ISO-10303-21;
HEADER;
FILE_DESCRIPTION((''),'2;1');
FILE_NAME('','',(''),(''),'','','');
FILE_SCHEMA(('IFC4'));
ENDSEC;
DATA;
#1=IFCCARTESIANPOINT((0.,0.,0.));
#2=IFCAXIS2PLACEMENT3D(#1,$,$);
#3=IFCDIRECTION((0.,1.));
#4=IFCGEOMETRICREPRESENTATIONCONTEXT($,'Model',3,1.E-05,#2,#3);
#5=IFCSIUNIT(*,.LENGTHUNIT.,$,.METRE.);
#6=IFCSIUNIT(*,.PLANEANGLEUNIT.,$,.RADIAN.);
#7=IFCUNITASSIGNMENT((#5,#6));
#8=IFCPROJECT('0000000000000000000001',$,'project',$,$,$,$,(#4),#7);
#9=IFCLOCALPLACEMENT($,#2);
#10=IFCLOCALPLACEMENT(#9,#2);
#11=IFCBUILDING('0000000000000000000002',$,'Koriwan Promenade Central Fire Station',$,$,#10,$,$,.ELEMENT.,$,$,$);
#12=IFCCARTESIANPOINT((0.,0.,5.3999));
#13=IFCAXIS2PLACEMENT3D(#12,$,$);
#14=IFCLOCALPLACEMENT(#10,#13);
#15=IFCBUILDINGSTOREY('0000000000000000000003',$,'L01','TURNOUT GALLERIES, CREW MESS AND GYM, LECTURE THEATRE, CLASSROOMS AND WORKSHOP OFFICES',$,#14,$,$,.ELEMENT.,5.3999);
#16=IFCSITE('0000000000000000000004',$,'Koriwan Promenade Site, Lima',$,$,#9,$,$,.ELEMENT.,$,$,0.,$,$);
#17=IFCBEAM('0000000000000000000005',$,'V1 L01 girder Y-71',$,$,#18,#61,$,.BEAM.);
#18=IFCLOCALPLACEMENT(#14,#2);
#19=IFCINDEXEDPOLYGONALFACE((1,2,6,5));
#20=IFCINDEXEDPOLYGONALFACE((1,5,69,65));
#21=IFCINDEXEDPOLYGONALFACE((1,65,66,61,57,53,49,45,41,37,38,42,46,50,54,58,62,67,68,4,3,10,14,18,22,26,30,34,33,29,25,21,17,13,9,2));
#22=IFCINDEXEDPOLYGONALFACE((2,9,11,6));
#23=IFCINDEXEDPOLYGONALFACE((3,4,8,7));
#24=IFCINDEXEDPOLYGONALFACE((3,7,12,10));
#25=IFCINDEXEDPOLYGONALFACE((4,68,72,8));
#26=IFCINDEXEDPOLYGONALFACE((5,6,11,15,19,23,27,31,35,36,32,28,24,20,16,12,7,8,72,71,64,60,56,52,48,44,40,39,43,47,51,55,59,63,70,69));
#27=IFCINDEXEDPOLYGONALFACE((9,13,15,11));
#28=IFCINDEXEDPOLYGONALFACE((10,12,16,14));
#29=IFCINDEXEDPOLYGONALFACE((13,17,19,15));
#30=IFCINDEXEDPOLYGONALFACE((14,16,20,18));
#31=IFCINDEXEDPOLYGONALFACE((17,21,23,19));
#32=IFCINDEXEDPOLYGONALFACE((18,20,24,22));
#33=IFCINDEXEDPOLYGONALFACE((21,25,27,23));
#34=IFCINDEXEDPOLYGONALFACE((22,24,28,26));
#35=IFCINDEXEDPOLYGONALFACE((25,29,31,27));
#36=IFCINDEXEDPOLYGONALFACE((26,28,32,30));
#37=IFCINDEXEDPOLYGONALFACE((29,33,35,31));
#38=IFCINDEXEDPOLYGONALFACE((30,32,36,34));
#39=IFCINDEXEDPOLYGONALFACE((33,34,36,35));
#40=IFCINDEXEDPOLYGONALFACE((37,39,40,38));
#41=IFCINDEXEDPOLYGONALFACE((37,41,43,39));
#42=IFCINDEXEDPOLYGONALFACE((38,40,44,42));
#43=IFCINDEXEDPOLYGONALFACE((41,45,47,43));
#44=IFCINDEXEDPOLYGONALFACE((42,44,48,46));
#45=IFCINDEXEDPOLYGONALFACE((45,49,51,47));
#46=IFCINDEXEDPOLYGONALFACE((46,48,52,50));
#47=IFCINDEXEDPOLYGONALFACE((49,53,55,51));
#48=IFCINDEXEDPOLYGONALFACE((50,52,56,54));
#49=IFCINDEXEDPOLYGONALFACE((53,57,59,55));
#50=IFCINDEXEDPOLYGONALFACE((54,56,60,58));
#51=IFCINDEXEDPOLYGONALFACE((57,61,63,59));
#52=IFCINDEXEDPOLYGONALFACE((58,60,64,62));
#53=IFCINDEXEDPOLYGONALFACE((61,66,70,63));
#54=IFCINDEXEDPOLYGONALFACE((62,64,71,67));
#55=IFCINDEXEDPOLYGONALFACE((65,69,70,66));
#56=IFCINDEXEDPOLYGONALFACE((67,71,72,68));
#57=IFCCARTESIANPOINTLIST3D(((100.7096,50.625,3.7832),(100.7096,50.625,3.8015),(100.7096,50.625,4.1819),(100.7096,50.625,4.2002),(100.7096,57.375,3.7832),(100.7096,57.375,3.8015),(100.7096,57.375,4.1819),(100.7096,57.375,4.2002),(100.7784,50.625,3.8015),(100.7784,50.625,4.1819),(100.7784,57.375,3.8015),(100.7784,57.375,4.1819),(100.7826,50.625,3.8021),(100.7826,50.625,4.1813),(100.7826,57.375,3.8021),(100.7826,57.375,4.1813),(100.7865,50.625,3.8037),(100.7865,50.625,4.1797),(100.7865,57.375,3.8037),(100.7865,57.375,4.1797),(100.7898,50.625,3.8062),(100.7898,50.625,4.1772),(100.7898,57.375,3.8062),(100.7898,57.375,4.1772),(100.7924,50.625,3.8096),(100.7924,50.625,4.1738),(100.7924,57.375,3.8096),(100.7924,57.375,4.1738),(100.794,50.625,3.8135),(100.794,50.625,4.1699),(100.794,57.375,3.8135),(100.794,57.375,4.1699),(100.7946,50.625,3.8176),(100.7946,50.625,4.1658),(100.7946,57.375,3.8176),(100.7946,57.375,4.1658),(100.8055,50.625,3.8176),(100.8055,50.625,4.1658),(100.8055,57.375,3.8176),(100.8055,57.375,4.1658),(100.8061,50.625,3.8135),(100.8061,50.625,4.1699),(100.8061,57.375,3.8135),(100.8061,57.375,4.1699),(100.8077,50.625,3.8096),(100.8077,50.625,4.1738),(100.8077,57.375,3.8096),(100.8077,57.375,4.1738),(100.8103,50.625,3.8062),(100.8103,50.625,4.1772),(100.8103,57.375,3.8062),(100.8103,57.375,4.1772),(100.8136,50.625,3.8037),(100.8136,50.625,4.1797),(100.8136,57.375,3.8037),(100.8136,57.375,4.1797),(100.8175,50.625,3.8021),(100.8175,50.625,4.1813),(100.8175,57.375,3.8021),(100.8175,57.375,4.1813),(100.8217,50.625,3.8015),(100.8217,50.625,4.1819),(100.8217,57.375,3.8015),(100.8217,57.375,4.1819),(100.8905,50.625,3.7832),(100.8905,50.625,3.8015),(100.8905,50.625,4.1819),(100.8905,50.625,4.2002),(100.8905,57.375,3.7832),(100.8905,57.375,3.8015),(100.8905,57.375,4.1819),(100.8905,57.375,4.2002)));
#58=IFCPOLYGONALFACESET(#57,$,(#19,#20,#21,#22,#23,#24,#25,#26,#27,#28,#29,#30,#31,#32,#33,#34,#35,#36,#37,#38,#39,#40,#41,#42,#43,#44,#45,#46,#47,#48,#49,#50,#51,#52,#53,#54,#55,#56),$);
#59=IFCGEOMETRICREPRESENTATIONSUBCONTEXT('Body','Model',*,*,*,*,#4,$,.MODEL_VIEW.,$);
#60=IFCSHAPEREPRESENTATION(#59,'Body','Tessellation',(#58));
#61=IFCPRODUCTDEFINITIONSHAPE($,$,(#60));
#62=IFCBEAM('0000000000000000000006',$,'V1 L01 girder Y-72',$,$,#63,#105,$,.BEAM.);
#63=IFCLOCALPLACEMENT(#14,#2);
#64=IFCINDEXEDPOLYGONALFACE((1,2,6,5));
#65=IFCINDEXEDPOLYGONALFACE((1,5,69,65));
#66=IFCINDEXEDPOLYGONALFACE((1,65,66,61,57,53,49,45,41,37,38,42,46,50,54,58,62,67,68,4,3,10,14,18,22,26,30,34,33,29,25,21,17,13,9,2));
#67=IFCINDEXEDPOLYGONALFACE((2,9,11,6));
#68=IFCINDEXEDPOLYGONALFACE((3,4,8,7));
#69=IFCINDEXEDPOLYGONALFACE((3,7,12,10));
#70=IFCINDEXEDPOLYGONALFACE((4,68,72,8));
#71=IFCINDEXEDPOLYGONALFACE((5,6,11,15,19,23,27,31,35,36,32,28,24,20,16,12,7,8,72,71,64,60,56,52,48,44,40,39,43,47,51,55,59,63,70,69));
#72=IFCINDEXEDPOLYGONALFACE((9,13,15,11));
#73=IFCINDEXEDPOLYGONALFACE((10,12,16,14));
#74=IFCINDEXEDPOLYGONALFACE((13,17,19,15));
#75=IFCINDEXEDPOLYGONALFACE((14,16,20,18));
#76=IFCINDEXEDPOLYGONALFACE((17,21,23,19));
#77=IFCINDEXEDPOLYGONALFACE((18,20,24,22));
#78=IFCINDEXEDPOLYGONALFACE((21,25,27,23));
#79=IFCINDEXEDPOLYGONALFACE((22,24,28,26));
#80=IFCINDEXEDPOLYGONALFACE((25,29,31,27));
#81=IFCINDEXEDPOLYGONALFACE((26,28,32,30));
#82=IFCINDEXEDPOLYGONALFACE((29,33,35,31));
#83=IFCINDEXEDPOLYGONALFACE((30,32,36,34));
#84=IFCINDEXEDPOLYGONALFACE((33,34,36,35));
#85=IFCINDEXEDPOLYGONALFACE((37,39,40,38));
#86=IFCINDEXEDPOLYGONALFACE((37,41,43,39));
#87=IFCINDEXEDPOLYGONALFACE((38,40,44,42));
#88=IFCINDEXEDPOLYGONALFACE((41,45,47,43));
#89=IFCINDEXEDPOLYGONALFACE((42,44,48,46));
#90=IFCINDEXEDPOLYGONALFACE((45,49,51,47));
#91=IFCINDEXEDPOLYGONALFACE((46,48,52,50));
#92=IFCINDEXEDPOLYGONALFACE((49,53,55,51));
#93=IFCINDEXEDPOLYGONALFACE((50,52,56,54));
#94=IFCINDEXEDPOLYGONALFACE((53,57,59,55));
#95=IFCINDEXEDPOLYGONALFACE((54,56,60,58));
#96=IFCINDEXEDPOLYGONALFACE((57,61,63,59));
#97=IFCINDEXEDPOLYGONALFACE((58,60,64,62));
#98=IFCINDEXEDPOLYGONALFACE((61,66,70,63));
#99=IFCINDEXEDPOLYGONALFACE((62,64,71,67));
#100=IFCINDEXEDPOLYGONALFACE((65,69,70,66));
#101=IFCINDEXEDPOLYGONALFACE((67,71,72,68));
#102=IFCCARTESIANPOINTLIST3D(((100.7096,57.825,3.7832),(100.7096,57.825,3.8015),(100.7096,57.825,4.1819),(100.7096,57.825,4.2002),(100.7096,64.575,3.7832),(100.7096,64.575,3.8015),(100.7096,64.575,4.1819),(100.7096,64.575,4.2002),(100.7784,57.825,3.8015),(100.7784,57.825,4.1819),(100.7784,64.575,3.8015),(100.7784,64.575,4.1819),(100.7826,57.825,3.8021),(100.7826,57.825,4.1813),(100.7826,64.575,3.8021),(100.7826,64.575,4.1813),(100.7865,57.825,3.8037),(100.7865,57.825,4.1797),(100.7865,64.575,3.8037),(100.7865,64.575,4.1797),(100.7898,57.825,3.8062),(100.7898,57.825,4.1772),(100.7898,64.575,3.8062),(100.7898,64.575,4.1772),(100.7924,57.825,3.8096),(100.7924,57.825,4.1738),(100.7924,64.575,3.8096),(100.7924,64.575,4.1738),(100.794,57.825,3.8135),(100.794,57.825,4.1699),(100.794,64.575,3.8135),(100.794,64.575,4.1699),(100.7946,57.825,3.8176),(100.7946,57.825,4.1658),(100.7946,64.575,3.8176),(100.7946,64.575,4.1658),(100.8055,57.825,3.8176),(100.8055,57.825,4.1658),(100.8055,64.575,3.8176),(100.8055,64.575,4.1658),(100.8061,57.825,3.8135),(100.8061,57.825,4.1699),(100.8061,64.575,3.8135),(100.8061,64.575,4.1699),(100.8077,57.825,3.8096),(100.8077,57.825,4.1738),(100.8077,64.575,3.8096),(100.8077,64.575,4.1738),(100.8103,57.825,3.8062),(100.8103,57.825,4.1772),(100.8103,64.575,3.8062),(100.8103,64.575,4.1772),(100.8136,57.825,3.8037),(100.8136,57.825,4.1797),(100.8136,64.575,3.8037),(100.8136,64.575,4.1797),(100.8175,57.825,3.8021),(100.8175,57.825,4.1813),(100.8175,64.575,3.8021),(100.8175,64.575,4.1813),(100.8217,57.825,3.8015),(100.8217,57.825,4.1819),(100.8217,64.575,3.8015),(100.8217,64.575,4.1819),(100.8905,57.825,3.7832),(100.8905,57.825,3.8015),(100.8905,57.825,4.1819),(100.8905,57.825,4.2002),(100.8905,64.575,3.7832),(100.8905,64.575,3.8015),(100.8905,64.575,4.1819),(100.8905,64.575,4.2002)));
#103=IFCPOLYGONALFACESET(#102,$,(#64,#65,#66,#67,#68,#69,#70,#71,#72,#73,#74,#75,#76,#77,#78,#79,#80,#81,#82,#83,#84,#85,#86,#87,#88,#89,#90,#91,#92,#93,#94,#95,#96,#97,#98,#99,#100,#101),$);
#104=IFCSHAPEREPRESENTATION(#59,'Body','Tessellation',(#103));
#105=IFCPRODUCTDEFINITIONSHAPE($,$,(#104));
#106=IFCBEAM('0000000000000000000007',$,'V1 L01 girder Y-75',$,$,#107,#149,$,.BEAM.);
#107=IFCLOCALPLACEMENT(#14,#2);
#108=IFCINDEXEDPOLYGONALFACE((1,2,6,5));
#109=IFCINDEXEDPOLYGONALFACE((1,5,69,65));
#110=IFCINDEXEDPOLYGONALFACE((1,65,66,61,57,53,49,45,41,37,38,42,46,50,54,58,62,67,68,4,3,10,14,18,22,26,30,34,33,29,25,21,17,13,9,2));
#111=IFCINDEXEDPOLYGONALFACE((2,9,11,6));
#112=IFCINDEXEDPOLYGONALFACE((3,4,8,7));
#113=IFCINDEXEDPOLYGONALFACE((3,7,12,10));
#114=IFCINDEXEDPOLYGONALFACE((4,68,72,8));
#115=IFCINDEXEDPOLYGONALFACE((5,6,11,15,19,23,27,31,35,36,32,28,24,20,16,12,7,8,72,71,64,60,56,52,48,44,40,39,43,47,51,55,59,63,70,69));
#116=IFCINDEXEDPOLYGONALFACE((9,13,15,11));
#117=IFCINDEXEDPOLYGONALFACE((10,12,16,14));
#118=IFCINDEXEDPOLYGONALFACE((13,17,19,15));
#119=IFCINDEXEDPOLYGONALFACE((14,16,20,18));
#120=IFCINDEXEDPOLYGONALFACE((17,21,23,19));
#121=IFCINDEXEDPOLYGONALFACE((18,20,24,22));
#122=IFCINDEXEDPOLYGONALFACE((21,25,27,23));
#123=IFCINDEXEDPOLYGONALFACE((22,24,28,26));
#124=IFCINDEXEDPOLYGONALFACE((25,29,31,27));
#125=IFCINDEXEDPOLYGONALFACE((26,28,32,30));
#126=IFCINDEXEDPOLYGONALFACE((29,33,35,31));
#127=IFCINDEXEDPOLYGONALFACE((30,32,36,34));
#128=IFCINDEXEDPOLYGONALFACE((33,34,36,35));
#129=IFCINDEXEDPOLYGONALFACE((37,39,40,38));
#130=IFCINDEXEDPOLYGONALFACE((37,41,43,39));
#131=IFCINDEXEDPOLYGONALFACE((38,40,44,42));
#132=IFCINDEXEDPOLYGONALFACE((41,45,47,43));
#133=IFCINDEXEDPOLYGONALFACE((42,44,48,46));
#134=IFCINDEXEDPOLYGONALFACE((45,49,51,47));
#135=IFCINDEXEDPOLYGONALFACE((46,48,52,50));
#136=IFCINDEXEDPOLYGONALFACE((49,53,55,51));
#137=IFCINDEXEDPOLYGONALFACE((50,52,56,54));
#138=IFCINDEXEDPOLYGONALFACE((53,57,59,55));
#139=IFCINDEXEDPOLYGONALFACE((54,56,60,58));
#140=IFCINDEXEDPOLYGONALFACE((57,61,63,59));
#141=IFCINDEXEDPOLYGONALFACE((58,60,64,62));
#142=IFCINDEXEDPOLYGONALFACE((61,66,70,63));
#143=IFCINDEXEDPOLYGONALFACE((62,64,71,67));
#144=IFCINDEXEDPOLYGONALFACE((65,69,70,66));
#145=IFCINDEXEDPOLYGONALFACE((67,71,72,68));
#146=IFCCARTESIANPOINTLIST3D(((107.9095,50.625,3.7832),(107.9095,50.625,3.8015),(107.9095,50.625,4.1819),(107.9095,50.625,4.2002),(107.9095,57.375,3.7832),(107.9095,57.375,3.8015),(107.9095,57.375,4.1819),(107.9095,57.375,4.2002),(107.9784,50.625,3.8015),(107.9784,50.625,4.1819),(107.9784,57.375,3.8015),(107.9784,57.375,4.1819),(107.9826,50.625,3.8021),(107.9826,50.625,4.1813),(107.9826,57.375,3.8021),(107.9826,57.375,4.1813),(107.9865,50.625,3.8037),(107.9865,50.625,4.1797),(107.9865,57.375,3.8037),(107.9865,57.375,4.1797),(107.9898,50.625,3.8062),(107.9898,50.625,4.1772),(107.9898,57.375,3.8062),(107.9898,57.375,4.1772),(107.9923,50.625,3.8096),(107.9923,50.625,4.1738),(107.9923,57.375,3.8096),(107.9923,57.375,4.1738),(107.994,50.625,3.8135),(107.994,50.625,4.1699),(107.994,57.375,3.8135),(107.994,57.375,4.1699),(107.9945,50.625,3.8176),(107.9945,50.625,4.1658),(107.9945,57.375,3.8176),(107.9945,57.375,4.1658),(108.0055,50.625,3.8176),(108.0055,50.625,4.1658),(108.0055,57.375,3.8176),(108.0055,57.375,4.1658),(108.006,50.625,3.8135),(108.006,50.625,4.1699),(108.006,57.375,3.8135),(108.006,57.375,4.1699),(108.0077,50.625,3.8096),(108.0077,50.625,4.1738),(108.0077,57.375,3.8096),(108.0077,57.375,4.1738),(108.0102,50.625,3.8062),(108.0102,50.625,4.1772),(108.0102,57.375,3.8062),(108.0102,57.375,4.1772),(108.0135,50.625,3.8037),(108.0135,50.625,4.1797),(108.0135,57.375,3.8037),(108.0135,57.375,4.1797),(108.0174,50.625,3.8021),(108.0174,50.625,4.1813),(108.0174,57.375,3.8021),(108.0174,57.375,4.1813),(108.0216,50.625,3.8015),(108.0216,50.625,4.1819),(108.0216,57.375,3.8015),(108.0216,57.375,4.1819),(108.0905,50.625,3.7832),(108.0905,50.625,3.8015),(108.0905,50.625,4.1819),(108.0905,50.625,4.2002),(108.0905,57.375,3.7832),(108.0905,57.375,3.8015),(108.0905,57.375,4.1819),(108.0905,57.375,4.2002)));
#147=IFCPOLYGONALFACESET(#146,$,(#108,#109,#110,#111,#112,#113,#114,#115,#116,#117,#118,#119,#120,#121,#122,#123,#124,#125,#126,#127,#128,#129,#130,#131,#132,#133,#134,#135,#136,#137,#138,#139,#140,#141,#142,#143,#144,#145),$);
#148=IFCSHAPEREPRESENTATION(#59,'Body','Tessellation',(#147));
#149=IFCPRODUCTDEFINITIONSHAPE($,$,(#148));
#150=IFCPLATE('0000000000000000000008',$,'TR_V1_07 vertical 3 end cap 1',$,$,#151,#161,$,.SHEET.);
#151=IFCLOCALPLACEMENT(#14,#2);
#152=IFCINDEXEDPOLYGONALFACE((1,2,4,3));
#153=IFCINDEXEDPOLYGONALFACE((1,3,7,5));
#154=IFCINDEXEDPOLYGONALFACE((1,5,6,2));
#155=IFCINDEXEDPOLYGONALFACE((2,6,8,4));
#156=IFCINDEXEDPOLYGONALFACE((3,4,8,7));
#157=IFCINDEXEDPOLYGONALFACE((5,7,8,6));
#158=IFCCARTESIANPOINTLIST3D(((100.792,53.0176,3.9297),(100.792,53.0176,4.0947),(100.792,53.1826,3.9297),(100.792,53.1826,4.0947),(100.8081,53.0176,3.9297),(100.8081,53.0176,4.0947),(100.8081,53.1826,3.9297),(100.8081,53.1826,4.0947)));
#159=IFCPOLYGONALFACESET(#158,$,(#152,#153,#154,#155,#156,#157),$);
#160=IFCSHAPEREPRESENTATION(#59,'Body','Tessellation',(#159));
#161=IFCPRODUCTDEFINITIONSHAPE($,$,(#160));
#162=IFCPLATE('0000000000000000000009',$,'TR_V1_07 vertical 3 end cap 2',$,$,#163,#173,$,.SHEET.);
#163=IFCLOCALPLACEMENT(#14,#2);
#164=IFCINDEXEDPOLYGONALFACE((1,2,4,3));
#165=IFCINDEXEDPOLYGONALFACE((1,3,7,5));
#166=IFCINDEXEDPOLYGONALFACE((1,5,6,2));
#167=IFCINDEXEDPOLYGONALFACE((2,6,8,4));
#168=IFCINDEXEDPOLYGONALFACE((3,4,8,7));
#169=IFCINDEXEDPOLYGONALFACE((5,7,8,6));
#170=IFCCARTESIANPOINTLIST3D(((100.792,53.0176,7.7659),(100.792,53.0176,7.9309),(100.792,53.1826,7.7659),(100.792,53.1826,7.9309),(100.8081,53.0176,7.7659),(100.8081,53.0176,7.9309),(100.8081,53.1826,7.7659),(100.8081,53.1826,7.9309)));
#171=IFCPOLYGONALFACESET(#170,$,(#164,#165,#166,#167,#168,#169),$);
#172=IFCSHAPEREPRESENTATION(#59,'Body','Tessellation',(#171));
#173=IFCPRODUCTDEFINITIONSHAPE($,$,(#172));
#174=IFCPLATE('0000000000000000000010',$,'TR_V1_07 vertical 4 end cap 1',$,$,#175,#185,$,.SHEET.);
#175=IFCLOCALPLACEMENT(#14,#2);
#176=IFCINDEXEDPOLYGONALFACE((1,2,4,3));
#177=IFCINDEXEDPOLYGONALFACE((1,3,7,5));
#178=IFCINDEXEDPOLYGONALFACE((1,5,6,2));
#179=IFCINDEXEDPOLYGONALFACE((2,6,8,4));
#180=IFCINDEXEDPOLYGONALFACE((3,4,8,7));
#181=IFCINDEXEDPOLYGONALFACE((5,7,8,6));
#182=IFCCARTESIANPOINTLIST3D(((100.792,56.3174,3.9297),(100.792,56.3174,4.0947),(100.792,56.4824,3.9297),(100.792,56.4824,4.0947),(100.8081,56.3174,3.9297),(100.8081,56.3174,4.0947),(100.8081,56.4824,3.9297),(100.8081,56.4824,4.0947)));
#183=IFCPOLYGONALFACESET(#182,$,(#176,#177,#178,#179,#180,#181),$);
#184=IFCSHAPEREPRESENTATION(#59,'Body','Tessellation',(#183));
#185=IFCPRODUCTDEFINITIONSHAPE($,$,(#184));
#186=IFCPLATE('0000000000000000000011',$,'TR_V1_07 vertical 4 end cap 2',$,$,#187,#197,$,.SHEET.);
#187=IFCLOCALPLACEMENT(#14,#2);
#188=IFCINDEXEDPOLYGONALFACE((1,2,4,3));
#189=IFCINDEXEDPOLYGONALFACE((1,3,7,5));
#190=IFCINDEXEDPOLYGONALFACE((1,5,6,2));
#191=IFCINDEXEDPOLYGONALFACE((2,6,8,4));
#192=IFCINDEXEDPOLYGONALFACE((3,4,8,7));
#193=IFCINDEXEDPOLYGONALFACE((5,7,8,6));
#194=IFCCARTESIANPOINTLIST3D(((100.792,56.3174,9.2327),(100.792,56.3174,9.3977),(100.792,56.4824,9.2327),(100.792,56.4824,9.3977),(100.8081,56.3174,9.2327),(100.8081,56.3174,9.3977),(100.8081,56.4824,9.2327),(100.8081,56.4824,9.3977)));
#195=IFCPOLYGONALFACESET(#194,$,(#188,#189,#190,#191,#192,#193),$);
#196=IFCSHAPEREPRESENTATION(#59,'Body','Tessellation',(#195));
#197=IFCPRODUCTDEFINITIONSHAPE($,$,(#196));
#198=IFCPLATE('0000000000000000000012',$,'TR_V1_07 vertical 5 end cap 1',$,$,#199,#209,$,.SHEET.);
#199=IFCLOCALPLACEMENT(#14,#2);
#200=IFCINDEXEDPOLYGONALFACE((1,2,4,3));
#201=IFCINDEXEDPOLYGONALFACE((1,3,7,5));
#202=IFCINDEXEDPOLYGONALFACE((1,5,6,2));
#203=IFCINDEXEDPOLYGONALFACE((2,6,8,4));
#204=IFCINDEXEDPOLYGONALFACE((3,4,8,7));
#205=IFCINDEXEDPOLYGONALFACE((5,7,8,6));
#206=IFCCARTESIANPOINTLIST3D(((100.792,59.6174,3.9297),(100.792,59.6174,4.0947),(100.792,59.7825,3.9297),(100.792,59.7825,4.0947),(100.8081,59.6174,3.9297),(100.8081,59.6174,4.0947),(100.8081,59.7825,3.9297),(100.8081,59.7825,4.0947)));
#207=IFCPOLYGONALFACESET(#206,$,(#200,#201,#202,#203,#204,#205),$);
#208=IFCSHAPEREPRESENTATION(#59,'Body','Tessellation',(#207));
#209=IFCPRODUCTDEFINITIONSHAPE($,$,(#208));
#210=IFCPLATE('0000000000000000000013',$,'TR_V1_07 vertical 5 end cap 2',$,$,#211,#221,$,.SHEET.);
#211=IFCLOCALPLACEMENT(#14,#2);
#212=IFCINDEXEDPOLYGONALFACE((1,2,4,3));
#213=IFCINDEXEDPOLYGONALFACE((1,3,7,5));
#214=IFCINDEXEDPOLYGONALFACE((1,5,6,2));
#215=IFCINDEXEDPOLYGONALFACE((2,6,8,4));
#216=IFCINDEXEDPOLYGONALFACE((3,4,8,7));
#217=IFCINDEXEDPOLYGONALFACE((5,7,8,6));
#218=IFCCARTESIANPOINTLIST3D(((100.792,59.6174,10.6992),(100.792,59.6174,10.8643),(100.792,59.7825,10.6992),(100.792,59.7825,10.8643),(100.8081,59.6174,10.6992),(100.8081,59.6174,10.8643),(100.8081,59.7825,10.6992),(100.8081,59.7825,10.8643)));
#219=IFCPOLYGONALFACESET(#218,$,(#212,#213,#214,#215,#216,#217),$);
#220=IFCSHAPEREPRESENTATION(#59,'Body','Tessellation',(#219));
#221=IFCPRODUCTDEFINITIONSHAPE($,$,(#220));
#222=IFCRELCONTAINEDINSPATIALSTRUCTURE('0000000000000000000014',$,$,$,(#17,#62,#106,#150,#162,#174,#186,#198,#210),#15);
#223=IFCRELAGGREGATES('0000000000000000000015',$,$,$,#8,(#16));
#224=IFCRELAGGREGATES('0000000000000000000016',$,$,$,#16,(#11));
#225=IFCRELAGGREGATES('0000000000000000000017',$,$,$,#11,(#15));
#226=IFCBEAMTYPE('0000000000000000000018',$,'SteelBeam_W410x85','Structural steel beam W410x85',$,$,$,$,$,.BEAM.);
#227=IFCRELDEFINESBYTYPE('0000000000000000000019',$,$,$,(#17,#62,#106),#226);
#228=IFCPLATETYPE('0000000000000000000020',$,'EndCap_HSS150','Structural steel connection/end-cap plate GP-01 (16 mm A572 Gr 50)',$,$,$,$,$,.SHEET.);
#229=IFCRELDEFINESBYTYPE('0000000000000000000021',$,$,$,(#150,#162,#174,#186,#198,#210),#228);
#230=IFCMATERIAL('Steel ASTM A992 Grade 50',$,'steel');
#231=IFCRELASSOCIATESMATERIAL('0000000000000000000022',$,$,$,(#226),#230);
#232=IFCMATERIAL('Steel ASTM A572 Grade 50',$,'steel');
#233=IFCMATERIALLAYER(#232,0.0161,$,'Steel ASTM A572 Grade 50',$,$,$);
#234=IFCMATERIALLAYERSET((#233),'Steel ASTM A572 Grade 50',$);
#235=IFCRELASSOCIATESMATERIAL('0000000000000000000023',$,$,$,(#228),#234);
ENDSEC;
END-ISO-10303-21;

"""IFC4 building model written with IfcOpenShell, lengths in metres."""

from ifc_helpers import new_model, si_unit, direction, frame, origin, origin_2d, place, context, subcontext, project, spatial, rectangle, i_section, extrude, material, layer, layer_set, material_profile, profile_set, type_object, element, save


model = new_model("IFC4")

# Units and contexts
model_context = context("Model", 3, precision=1e-05, world=origin(), true_north=direction((0.0, 1.0)))
body_context = subcontext(model_context, "Body", "Model", "MODEL_VIEW")
ifc_project = project(units=[si_unit("LENGTHUNIT", "METRE"), si_unit("PLANEANGLEUNIT", "RADIAN")], contexts=[model_context])

# Site, building, storey
site_placement = place(None, origin())
site = spatial("IfcSite", under=ifc_project, at=site_placement, Name="Koriwan Promenade Site, Lima", CompositionType="ELEMENT", RefElevation=0.0)
building_placement = place(site_placement, origin())
building = spatial("IfcBuilding", under=site, at=building_placement, Name="Koriwan Promenade Central Fire Station", CompositionType="ELEMENT")
storey_placement = place(building_placement, frame((0.0, 0.0, 5.3999)))
storey = spatial("IfcBuildingStorey", under=building, at=storey_placement, Name="L01", Description="TURNOUT GALLERIES, CREW MESS AND GYM, LECTURE THEATRE, CLASSROOMS AND WORKSHOP OFFICES", CompositionType="ELEMENT", Elevation=5.3999)

# Beams
ifc_material_1 = material(Name="Steel ASTM A992 Grade 50", Category="steel")
ifc_material_profile_1 = material_profile(ifc_material_1, i_section(OverallWidth=0.1809, OverallDepth=0.417, WebThickness=0.011, FlangeThickness=0.0183, FilletRadius=0.0161, at=origin_2d()), Name="W410x85")
ifc_profile_set_1 = profile_set([ifc_material_profile_1], Name="Steel ASTM A992 Grade 50")
beam_type_1 = type_object("IfcBeamType", Name="SteelBeam_W410x85", Description="Structural steel beam W410x85", PredefinedType="BEAM", material=ifc_profile_set_1)
for number, where, z_axis, x_axis, name in (
    (1, (100.8, 50.625, 3.9917), (0.0, 1.0, 0.0), (-1.0, 0.0, 0.0), "V1 L01 girder Y-71"),
    (2, (100.8, 57.825, 3.9917), (0.0, 1.0, 0.0), (-1.0, 0.0, 0.0), "V1 L01 girder Y-72"),
    (3, (108.0, 50.625, 3.9917), (0.0, 1.0, 0.0), (-1.0, 0.0, 0.0), "V1 L01 girder Y-75"),
):
    element("IfcBeam", number, at=place(storey_placement, frame(where, z_axis=z_axis, x_axis=x_axis)), inside=storey, type_object=beam_type_1, Name=name, PredefinedType="BEAM", context=body_context, shape_type="SweptSolid", body=[
        extrude(i_section(OverallWidth=0.1809, OverallDepth=0.417, WebThickness=0.011, FlangeThickness=0.0183, FilletRadius=0.0161, at=origin_2d()), origin(), (0.0, 0.0, 1.0), 6.75),
    ])

# Plates
ifc_material_2 = material(Name="Steel ASTM A572 Grade 50", Category="steel")
ifc_layer_1 = layer(ifc_material_2, 0.0161, Name="Steel ASTM A572 Grade 50")
ifc_layer_set_1 = layer_set([ifc_layer_1], Name="Steel ASTM A572 Grade 50")
plate_type = type_object("IfcPlateType", Name="EndCap_HSS150", Description="Structural steel connection/end-cap plate GP-01 (16 mm A572 Gr 50)", PredefinedType="SHEET", material=ifc_layer_set_1)
for number, where, z_axis, x_axis, name in (
    (4, (100.8, 53.1001, 3.9297), (0.0, 0.0, 1.0), (1.0, 0.0, 0.0), "TR_V1_07 vertical 3 end cap 1"),
    (5, (100.8, 53.1001, 7.7659), (0.0, 0.0, 1.0), (1.0, 0.0, 0.0), "TR_V1_07 vertical 3 end cap 2"),
    (6, (100.8, 56.3999, 3.9297), (0.0, 0.0, 1.0), (1.0, 0.0, 0.0), "TR_V1_07 vertical 4 end cap 1"),
    (7, (100.8, 56.3999, 9.2327), (0.0, 0.0, 1.0), (1.0, 0.0, 0.0), "TR_V1_07 vertical 4 end cap 2"),
    (8, (100.8, 59.7, 3.9297), (0.0, 0.0, 1.0), (1.0, 0.0, 0.0), "TR_V1_07 vertical 5 end cap 1"),
    (9, (100.8, 59.7, 10.6992), (0.0, 0.0, 1.0), (1.0, 0.0, 0.0), "TR_V1_07 vertical 5 end cap 2"),
):
    element("IfcPlate", number, at=place(storey_placement, frame(where, z_axis=z_axis, x_axis=x_axis)), inside=storey, type_object=plate_type, Name=name, PredefinedType="SHEET", context=body_context, shape_type="SweptSolid", body=[
        extrude(rectangle(XDim=0.0161, YDim=0.165, at=origin_2d()), origin(), (0.0, 0.0, 1.0), 0.165),
    ])

save(model, "model.ifc")
